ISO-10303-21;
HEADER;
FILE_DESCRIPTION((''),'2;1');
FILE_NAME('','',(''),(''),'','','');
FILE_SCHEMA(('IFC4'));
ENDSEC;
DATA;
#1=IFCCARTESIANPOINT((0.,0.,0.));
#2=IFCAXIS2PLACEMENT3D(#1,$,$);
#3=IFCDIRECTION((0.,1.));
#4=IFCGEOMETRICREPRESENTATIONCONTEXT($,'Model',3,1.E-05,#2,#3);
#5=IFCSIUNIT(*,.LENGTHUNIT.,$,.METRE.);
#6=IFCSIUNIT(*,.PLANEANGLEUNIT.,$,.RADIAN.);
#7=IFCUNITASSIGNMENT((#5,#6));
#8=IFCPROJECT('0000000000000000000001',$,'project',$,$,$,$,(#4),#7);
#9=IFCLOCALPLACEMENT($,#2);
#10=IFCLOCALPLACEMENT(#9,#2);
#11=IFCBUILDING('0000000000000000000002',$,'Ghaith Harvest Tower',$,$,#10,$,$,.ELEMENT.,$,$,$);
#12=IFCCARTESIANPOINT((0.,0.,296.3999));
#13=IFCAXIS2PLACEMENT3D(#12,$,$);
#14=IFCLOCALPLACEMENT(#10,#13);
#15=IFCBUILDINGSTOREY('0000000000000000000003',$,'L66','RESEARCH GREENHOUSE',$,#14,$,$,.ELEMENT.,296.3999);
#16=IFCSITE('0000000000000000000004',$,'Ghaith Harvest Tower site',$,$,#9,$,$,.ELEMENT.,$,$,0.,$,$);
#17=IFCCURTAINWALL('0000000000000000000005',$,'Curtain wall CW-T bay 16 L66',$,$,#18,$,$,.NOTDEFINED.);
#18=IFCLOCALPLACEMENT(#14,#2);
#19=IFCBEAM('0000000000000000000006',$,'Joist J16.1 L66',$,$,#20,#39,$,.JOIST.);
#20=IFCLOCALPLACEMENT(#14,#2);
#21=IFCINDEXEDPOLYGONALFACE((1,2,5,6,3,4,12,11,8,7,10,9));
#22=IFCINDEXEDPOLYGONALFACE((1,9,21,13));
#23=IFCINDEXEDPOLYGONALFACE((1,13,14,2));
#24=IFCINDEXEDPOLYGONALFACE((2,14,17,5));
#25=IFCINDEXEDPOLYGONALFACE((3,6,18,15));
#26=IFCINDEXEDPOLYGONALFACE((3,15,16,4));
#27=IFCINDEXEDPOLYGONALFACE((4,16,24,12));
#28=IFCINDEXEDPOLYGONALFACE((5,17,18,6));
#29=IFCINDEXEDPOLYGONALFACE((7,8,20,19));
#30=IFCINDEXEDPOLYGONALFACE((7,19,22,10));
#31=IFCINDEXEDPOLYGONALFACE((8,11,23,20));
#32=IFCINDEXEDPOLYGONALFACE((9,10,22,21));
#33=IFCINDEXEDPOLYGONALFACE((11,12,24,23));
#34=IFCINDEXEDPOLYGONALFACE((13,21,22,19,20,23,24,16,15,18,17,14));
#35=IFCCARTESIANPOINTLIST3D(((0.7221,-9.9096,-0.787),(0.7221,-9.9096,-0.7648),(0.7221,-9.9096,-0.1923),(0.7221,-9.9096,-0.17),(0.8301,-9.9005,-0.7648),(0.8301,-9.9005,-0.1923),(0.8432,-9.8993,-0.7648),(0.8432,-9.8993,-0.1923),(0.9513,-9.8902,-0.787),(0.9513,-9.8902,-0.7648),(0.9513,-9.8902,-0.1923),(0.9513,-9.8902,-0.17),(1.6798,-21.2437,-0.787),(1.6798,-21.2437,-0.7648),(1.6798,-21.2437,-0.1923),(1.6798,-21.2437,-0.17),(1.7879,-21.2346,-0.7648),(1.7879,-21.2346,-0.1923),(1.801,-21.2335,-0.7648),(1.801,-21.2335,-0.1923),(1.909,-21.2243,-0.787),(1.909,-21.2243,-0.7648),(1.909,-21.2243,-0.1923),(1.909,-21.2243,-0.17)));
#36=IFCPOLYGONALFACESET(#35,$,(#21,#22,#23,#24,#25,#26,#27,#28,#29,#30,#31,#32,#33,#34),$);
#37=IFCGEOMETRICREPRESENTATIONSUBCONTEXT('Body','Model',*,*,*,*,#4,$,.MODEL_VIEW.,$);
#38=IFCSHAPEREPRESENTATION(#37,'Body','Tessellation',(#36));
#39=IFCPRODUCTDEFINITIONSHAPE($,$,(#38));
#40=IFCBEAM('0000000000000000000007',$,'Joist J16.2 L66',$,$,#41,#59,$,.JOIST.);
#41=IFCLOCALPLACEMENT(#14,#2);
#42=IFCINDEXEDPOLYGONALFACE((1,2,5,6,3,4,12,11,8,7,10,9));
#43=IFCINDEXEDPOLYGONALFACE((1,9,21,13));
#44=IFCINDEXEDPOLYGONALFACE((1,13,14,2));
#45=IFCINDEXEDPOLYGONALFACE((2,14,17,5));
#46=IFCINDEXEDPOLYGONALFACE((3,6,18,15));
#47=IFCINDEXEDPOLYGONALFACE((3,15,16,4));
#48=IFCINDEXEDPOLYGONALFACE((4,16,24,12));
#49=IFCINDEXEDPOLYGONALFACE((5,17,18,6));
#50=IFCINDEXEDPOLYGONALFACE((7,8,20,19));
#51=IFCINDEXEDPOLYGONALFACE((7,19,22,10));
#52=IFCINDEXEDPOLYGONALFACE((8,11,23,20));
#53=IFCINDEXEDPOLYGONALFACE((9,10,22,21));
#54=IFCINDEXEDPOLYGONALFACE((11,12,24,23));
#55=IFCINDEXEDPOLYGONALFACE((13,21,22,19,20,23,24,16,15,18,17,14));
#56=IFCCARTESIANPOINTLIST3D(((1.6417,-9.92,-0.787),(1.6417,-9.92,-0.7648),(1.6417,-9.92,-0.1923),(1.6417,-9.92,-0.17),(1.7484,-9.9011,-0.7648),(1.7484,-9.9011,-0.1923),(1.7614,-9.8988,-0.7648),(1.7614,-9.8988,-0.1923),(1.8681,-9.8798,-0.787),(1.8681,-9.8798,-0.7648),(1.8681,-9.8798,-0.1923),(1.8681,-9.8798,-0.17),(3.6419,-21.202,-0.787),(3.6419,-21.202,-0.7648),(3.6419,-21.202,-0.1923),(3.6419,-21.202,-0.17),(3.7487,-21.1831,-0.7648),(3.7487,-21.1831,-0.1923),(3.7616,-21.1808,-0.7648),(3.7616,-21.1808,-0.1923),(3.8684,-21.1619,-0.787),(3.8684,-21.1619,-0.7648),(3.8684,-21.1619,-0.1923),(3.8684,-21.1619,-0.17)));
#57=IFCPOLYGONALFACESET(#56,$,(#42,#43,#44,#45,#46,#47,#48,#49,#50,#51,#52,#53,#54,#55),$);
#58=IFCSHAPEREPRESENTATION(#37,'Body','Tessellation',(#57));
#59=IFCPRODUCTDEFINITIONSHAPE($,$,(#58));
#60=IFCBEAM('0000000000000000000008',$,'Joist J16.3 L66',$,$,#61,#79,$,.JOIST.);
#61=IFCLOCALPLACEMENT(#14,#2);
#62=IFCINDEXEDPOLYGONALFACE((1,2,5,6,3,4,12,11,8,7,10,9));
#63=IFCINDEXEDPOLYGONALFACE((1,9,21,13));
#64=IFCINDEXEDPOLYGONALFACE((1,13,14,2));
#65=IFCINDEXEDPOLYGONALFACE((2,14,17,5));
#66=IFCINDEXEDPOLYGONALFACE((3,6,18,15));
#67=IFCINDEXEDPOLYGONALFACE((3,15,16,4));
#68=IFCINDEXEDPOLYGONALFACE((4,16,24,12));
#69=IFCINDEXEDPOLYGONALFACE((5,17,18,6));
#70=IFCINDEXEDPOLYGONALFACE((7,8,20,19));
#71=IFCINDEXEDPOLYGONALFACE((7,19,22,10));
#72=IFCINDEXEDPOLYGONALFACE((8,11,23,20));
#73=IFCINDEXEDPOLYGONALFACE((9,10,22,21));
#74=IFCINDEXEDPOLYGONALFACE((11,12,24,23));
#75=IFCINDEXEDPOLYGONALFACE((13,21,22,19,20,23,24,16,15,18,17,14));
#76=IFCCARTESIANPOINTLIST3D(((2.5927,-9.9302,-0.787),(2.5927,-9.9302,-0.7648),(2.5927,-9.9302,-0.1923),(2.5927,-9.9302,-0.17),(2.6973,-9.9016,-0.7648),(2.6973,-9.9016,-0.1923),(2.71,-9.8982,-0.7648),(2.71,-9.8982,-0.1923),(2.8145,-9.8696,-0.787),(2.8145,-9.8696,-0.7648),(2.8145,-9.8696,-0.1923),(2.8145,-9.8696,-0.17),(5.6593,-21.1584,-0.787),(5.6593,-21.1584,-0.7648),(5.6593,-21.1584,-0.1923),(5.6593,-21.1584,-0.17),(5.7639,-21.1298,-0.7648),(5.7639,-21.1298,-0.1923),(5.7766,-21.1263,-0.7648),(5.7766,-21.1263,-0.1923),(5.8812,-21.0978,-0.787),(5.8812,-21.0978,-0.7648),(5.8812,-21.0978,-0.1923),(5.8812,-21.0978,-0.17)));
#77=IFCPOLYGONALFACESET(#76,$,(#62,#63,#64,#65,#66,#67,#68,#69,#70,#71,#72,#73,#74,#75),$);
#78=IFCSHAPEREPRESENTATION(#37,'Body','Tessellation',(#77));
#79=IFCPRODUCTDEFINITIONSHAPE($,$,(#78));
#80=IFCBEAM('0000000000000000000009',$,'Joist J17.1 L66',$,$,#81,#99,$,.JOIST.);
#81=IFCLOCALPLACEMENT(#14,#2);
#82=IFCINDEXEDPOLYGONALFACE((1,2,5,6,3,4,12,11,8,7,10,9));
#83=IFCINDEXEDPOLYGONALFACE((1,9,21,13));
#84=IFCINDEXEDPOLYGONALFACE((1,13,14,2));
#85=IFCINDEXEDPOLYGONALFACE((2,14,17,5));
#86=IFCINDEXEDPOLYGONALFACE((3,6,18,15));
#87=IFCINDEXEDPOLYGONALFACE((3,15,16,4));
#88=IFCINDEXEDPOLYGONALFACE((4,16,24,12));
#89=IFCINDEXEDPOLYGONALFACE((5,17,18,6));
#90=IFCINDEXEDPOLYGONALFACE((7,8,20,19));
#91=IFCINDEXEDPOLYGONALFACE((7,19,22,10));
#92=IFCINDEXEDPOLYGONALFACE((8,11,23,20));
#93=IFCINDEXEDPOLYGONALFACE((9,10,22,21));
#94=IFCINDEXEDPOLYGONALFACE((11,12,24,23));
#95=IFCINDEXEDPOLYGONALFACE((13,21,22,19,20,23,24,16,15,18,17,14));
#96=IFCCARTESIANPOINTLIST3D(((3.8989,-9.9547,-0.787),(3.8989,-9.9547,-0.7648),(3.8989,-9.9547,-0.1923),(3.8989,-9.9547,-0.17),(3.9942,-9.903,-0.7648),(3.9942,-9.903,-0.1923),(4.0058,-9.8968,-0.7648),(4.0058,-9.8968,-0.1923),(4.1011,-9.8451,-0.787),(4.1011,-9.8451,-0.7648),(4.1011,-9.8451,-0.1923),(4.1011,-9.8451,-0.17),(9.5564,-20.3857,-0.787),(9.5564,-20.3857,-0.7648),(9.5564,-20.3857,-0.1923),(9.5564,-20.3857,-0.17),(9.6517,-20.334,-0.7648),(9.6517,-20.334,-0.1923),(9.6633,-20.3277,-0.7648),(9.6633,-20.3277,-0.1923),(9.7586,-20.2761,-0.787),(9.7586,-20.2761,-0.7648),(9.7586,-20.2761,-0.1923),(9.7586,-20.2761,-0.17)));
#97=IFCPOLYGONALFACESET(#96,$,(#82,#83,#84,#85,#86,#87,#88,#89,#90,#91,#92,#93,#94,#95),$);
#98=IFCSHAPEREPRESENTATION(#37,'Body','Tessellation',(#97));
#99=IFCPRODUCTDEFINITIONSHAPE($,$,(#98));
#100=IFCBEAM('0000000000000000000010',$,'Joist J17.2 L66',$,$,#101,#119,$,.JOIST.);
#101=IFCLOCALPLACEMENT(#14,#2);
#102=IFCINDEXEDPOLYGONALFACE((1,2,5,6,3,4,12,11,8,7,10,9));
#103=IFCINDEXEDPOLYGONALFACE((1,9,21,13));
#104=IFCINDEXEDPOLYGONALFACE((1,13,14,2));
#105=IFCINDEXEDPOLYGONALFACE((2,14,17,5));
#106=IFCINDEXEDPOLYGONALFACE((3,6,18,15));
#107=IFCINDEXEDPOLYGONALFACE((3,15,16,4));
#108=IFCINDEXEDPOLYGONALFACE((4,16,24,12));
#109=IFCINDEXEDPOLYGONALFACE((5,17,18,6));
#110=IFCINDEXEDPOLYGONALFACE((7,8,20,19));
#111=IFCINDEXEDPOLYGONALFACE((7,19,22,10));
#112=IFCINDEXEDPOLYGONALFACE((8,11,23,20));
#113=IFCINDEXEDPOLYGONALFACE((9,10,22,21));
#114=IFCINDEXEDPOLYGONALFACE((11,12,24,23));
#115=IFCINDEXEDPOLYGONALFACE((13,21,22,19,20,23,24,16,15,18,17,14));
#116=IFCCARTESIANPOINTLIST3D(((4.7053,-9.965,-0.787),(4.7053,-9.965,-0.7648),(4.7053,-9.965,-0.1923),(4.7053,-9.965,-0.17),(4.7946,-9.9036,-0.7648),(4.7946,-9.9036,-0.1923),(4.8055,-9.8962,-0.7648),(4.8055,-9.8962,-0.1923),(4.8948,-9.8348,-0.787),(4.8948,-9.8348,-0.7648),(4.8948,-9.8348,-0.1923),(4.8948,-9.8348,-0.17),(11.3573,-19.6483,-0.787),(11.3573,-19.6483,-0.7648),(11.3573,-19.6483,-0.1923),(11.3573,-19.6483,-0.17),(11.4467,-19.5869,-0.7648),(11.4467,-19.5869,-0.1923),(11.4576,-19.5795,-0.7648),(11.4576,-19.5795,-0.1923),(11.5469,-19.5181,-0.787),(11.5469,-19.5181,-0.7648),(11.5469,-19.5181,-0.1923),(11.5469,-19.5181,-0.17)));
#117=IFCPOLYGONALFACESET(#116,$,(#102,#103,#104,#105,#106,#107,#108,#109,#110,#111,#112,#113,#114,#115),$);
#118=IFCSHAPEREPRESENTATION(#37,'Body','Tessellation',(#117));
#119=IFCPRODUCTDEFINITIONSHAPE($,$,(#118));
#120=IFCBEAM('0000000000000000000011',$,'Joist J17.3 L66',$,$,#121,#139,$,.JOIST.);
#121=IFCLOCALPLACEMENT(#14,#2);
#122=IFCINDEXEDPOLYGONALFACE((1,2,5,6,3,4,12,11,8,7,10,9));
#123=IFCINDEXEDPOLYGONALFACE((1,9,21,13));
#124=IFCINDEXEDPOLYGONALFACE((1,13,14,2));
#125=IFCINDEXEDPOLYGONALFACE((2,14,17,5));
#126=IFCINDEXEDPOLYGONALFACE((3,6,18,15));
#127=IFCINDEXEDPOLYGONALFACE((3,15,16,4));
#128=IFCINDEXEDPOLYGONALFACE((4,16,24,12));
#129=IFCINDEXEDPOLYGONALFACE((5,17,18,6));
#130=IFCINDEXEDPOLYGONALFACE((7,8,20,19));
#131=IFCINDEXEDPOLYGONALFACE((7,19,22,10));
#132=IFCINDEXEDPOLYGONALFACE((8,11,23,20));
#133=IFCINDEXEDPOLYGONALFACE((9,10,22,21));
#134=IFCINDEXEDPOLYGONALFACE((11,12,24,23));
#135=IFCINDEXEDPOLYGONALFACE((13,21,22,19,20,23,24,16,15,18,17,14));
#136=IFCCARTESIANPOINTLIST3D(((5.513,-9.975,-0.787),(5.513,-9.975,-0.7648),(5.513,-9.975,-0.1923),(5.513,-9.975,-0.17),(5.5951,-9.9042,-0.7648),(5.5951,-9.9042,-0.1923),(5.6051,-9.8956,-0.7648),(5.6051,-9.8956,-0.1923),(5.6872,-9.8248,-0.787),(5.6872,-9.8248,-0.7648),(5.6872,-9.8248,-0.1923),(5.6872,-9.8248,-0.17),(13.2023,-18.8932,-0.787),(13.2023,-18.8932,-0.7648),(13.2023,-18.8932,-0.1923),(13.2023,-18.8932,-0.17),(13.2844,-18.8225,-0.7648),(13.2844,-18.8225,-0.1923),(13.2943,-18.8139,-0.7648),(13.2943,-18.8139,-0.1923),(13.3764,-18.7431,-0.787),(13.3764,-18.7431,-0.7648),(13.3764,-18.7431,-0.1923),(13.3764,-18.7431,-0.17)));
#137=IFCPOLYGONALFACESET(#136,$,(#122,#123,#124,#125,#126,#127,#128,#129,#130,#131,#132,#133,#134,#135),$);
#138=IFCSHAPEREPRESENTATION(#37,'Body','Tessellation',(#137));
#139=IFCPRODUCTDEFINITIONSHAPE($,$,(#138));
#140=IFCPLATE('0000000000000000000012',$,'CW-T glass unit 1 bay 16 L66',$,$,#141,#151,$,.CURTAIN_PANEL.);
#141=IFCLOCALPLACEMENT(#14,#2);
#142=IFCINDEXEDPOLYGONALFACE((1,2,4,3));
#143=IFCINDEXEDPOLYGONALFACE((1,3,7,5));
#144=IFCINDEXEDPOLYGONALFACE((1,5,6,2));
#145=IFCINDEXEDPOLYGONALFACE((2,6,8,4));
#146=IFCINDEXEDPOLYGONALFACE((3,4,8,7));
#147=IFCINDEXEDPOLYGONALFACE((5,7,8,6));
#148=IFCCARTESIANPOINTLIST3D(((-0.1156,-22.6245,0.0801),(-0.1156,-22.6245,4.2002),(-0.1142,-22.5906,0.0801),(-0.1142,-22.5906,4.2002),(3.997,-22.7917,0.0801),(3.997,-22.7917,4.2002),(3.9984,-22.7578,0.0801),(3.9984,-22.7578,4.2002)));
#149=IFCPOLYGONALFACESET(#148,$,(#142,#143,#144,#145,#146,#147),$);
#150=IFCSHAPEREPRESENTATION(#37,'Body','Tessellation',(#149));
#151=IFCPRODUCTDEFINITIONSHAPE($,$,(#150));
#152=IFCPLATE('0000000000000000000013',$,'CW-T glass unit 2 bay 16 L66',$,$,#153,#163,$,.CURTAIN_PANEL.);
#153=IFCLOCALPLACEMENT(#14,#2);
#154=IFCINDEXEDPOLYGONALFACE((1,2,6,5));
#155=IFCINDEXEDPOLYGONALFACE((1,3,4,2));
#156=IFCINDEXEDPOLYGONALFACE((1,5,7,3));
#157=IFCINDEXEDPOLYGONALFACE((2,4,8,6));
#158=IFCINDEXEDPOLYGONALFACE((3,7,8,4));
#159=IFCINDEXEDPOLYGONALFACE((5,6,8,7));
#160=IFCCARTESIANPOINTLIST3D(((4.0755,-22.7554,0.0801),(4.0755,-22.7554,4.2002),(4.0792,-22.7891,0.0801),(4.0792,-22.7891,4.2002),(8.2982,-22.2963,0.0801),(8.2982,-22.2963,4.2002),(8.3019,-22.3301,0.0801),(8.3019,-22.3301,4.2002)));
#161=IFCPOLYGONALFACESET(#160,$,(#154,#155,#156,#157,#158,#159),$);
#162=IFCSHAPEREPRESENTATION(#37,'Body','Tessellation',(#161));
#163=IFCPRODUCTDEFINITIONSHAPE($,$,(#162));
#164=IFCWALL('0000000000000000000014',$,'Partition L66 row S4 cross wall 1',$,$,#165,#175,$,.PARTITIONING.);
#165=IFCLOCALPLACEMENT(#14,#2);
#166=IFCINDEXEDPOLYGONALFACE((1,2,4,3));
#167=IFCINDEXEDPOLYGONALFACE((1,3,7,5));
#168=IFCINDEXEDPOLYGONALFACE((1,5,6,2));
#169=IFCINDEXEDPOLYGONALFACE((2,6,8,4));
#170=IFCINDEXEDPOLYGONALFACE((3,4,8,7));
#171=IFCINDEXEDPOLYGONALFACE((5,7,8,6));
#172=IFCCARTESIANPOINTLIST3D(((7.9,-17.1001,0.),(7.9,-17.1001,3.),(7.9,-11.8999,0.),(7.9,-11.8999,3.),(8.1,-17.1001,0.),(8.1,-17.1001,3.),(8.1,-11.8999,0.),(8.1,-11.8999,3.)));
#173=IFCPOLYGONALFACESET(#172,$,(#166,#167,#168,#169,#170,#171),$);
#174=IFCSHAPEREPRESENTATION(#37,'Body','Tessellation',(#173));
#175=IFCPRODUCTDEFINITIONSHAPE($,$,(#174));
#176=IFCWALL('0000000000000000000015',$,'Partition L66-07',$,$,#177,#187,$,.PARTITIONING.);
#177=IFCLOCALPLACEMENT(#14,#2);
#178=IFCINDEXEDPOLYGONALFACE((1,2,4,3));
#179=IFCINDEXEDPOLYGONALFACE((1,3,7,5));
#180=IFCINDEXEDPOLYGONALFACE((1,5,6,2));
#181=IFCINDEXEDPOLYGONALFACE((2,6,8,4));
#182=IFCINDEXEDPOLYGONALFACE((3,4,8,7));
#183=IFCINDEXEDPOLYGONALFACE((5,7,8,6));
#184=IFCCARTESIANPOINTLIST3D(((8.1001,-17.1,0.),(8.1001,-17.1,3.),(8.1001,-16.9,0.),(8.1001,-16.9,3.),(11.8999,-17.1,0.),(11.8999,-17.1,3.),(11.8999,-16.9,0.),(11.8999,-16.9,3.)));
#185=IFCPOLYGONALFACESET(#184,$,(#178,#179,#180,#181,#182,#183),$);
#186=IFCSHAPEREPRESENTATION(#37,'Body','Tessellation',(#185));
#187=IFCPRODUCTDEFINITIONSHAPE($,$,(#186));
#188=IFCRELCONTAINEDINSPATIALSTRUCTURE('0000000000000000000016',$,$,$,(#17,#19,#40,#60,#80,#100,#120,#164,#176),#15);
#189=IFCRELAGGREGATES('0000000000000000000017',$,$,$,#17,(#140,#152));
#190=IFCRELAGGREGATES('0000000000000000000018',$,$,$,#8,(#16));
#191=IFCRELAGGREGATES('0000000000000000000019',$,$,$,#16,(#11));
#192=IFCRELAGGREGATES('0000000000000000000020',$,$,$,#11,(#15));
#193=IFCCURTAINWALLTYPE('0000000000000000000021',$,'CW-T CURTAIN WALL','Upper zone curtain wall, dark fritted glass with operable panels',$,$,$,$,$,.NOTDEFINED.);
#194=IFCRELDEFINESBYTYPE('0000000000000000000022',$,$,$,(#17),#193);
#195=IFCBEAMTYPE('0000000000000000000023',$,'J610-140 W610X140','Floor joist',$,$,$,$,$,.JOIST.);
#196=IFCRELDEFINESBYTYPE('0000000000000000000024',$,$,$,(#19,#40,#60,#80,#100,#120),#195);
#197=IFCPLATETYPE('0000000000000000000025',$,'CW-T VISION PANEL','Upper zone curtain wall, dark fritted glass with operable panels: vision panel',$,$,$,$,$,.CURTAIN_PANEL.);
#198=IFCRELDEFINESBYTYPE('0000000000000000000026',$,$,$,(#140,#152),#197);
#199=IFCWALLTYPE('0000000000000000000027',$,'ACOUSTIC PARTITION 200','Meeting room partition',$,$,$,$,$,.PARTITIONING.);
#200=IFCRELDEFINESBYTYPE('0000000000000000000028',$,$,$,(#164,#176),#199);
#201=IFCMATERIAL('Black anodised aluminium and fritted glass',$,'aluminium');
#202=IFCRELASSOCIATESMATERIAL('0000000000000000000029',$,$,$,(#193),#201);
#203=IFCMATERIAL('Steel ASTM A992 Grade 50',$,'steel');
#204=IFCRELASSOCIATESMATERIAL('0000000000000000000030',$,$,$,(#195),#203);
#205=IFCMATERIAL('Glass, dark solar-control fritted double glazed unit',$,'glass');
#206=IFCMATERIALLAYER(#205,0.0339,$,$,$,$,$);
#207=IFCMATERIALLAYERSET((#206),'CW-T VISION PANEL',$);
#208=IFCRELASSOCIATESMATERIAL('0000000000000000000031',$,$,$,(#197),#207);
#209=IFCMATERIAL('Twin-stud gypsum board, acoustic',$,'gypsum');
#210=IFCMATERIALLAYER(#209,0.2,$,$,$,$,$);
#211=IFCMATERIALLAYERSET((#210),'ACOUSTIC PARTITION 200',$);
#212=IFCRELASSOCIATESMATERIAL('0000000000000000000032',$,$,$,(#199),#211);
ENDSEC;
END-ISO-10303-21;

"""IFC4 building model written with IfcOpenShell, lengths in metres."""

from ifc_helpers import new_model, si_unit, direction, frame, frame_2d, origin, origin_2d, place, context, subcontext, project, spatial, rectangle, i_section, extrude, material, layer, layer_set, material_profile, profile_set, type_object, element, aggregate, save


model = new_model("IFC4")

# Units and contexts
model_context = context("Model", 3, precision=1e-05, world=origin(), true_north=direction((0.0, 1.0)))
body_context = subcontext(model_context, "Body", "Model", "MODEL_VIEW")
ifc_project = project(units=[si_unit("LENGTHUNIT", "METRE"), si_unit("PLANEANGLEUNIT", "RADIAN")], contexts=[model_context])

# Site, building, storey
site_placement = place(None, origin())
site = spatial("IfcSite", under=ifc_project, at=site_placement, Name="Ghaith Harvest Tower site", CompositionType="ELEMENT", RefElevation=0.0)
building_placement = place(site_placement, origin())
building = spatial("IfcBuilding", under=site, at=building_placement, Name="Ghaith Harvest Tower", CompositionType="ELEMENT")
storey_placement = place(building_placement, frame((0.0, 0.0, 296.3999)))
storey = spatial("IfcBuildingStorey", under=building, at=storey_placement, Name="L66", Description="RESEARCH GREENHOUSE", CompositionType="ELEMENT", Elevation=296.3999)

# Curtain wall
ifc_material_1 = material(Name="Black anodised aluminium and fritted glass", Category="aluminium")
curtain_wall_type = type_object("IfcCurtainWallType", Name="CW-T CURTAIN WALL", Description="Upper zone curtain wall, dark fritted glass with operable panels", PredefinedType="NOTDEFINED", material=ifc_material_1)
curtain_wall_1_placement = place(storey_placement, origin())
curtain_wall_1 = element("IfcCurtainWall", 1, at=curtain_wall_1_placement, inside=storey, type_object=curtain_wall_type, Name="Curtain wall CW-T bay 16 L66", PredefinedType="NOTDEFINED")

# Beams
ifc_material_2 = material(Name="Steel ASTM A992 Grade 50", Category="steel")
ifc_material_profile_1 = material_profile(ifc_material_2, i_section(OverallWidth=0.23, OverallDepth=0.6169, WebThickness=0.0132, FlangeThickness=0.0222, at=origin_2d()), Name="W610X140")
ifc_profile_set_1 = profile_set([ifc_material_profile_1], Name="Steel ASTM A992 Grade 50")
beam_type_1 = type_object("IfcBeamType", Name="J610-140 W610X140", Description="Floor joist", PredefinedType="JOIST", material=ifc_profile_set_1)
beam_1_placement = place(storey_placement, frame((0.8367, -9.8999, -0.4785), z_axis=(0.084202, -0.996449, 0.0), x_axis=(0.996449, 0.084202, 0.0)))
element("IfcBeam", 2, at=beam_1_placement, inside=storey, type_object=beam_type_1, Name="Joist J16.1 L66", PredefinedType="JOIST", context=body_context, shape_type="SweptSolid", body=[
    extrude(i_section(OverallWidth=0.23, OverallDepth=0.6169, WebThickness=0.0132, FlangeThickness=0.0222, at=origin_2d()), origin(), (0.0, 0.0, 1.0), 11.3745),
])
beam_2_placement = place(storey_placement, frame((1.7549, -9.8999, -0.4785), z_axis=(0.174573, -0.984644, 0.0), x_axis=(0.984644, 0.174573, 0.0)))
element("IfcBeam", 3, at=beam_2_placement, inside=storey, type_object=beam_type_1, Name="Joist J16.2 L66", PredefinedType="JOIST", context=body_context, shape_type="SweptSolid", body=[
    extrude(i_section(OverallWidth=0.23, OverallDepth=0.6169, WebThickness=0.0132, FlangeThickness=0.0222, at=origin_2d()), origin(), (0.0, 0.0, 1.0), 11.458),
])
beam_3_placement = place(storey_placement, frame((2.7036, -9.8999, -0.4785), z_axis=(0.263469, -0.964668, 0.0), x_axis=(0.964668, 0.263469, 0.0)))
element("IfcBeam", 4, at=beam_3_placement, inside=storey, type_object=beam_type_1, Name="Joist J16.3 L66", PredefinedType="JOIST", context=body_context, shape_type="SweptSolid", body=[
    extrude(i_section(OverallWidth=0.23, OverallDepth=0.6169, WebThickness=0.0132, FlangeThickness=0.0222, at=origin_2d()), origin(), (0.0, 0.0, 1.0), 11.6394),
])
beam_4_placement = place(storey_placement, frame((4.0, -9.8999, -0.4785), z_axis=(0.476765, -0.879031, 0.0), x_axis=(0.879031, 0.476765, 0.0)))
element("IfcBeam", 5, at=beam_4_placement, inside=storey, type_object=beam_type_1, Name="Joist J17.1 L66", PredefinedType="JOIST", context=body_context, shape_type="SweptSolid", body=[
    extrude(i_section(OverallWidth=0.23, OverallDepth=0.6169, WebThickness=0.0132, FlangeThickness=0.0222, at=origin_2d()), origin(), (0.0, 0.0, 1.0), 11.8665),
])
beam_5_placement = place(storey_placement, frame((4.8, -9.8999, -0.4785), z_axis=(0.566228, -0.824249, 0.0), x_axis=(0.824249, 0.566228, 0.0)))
element("IfcBeam", 6, at=beam_5_placement, inside=storey, type_object=beam_type_1, Name="Joist J17.2 L66", PredefinedType="JOIST", context=body_context, shape_type="SweptSolid", body=[
    extrude(i_section(OverallWidth=0.23, OverallDepth=0.6169, WebThickness=0.0132, FlangeThickness=0.0222, at=origin_2d()), origin(), (0.0, 0.0, 1.0), 11.748),
])
beam_6_placement = place(storey_placement, frame((5.6001, -9.8999, -0.4785), z_axis=(0.652993, -0.757364, 0.0), x_axis=(0.757364, 0.652993, 0.0)))
element("IfcBeam", 7, at=beam_6_placement, inside=storey, type_object=beam_type_1, Name="Joist J17.3 L66", PredefinedType="JOIST", context=body_context, shape_type="SweptSolid", body=[
    extrude(i_section(OverallWidth=0.23, OverallDepth=0.6169, WebThickness=0.0132, FlangeThickness=0.0222, at=origin_2d()), origin(), (0.0, 0.0, 1.0), 11.7754),
])

# Plates
ifc_material_3 = material(Name="Glass, dark solar-control fritted double glazed unit", Category="glass")
ifc_layer_1 = layer(ifc_material_3, 0.0339)
ifc_layer_set_1 = layer_set([ifc_layer_1], Name="CW-T VISION PANEL")
plate_type = type_object("IfcPlateType", Name="CW-T VISION PANEL", Description="Upper zone curtain wall, dark fritted glass with operable panels: vision panel", PredefinedType="CURTAIN_PANEL", material=ifc_layer_set_1)
plate_1_placement = place(storey_placement, frame((1.9414, -22.6912, 0.0801), z_axis=(0.0, 0.0, 1.0), x_axis=(0.999174, -0.040638, 0.0)))
plate_1 = element("IfcPlate", 8, at=plate_1_placement, type_object=plate_type, Name="CW-T glass unit 1 bay 16 L66", PredefinedType="CURTAIN_PANEL", context=body_context, shape_type="SweptSolid", body=[
    extrude(rectangle(XDim=4.116, YDim=0.0339, at=origin_2d()), origin(), (0.0, 0.0, 1.0), 4.1201),
])
plate_2_placement = place(storey_placement, frame((6.1887, -22.5427, 0.0801), z_axis=(0.0, 0.0, 1.0), x_axis=(0.994143, 0.108074, 0.0)))
plate_2 = element("IfcPlate", 9, at=plate_2_placement, type_object=plate_type, Name="CW-T glass unit 2 bay 16 L66", PredefinedType="CURTAIN_PANEL", context=body_context, shape_type="SweptSolid", body=[
    extrude(rectangle(XDim=4.2476, YDim=0.0339, at=origin_2d()), origin(), (0.0, 0.0, 1.0), 4.1201),
])
aggregate(curtain_wall_1, [plate_1, plate_2])

# Wall
ifc_material_4 = material(Name="Twin-stud gypsum board, acoustic", Category="gypsum")
ifc_layer_2 = layer(ifc_material_4, 0.2)
ifc_layer_set_2 = layer_set([ifc_layer_2], Name="ACOUSTIC PARTITION 200")
wall_type_1 = type_object("IfcWallType", Name="ACOUSTIC PARTITION 200", Description="Meeting room partition", PredefinedType="PARTITIONING", material=ifc_layer_set_2)
wall_1_placement = place(storey_placement, frame((8.0, -11.8999, 0.0), z_axis=(0.0, 0.0, 1.0), x_axis=(0.0, -1.0, 0.0)))
element("IfcWall", 10, at=wall_1_placement, inside=storey, type_object=wall_type_1, Name="Partition L66 row S4 cross wall 1", PredefinedType="PARTITIONING", context=body_context, shape_type="SweptSolid", body=[
    extrude(rectangle(XDim=5.2002, YDim=0.2, at=frame_2d((2.6001, 0.0))), origin(), (0.0, 0.0, 1.0), 3.0),
])

# Wall
wall_2_placement = place(storey_placement, frame((8.1001, -17.0, 0.0), z_axis=(0.0, 0.0, 1.0), x_axis=(1.0, 0.0, 0.0)))
element("IfcWall", 11, at=wall_2_placement, inside=storey, type_object=wall_type_1, Name="Partition L66-07", PredefinedType="PARTITIONING", context=body_context, shape_type="SweptSolid", body=[
    extrude(rectangle(XDim=3.7998, YDim=0.2, at=frame_2d((1.8999, 0.0))), origin(), (0.0, 0.0, 1.0), 3.0),
])

save(model, "model.ifc")
